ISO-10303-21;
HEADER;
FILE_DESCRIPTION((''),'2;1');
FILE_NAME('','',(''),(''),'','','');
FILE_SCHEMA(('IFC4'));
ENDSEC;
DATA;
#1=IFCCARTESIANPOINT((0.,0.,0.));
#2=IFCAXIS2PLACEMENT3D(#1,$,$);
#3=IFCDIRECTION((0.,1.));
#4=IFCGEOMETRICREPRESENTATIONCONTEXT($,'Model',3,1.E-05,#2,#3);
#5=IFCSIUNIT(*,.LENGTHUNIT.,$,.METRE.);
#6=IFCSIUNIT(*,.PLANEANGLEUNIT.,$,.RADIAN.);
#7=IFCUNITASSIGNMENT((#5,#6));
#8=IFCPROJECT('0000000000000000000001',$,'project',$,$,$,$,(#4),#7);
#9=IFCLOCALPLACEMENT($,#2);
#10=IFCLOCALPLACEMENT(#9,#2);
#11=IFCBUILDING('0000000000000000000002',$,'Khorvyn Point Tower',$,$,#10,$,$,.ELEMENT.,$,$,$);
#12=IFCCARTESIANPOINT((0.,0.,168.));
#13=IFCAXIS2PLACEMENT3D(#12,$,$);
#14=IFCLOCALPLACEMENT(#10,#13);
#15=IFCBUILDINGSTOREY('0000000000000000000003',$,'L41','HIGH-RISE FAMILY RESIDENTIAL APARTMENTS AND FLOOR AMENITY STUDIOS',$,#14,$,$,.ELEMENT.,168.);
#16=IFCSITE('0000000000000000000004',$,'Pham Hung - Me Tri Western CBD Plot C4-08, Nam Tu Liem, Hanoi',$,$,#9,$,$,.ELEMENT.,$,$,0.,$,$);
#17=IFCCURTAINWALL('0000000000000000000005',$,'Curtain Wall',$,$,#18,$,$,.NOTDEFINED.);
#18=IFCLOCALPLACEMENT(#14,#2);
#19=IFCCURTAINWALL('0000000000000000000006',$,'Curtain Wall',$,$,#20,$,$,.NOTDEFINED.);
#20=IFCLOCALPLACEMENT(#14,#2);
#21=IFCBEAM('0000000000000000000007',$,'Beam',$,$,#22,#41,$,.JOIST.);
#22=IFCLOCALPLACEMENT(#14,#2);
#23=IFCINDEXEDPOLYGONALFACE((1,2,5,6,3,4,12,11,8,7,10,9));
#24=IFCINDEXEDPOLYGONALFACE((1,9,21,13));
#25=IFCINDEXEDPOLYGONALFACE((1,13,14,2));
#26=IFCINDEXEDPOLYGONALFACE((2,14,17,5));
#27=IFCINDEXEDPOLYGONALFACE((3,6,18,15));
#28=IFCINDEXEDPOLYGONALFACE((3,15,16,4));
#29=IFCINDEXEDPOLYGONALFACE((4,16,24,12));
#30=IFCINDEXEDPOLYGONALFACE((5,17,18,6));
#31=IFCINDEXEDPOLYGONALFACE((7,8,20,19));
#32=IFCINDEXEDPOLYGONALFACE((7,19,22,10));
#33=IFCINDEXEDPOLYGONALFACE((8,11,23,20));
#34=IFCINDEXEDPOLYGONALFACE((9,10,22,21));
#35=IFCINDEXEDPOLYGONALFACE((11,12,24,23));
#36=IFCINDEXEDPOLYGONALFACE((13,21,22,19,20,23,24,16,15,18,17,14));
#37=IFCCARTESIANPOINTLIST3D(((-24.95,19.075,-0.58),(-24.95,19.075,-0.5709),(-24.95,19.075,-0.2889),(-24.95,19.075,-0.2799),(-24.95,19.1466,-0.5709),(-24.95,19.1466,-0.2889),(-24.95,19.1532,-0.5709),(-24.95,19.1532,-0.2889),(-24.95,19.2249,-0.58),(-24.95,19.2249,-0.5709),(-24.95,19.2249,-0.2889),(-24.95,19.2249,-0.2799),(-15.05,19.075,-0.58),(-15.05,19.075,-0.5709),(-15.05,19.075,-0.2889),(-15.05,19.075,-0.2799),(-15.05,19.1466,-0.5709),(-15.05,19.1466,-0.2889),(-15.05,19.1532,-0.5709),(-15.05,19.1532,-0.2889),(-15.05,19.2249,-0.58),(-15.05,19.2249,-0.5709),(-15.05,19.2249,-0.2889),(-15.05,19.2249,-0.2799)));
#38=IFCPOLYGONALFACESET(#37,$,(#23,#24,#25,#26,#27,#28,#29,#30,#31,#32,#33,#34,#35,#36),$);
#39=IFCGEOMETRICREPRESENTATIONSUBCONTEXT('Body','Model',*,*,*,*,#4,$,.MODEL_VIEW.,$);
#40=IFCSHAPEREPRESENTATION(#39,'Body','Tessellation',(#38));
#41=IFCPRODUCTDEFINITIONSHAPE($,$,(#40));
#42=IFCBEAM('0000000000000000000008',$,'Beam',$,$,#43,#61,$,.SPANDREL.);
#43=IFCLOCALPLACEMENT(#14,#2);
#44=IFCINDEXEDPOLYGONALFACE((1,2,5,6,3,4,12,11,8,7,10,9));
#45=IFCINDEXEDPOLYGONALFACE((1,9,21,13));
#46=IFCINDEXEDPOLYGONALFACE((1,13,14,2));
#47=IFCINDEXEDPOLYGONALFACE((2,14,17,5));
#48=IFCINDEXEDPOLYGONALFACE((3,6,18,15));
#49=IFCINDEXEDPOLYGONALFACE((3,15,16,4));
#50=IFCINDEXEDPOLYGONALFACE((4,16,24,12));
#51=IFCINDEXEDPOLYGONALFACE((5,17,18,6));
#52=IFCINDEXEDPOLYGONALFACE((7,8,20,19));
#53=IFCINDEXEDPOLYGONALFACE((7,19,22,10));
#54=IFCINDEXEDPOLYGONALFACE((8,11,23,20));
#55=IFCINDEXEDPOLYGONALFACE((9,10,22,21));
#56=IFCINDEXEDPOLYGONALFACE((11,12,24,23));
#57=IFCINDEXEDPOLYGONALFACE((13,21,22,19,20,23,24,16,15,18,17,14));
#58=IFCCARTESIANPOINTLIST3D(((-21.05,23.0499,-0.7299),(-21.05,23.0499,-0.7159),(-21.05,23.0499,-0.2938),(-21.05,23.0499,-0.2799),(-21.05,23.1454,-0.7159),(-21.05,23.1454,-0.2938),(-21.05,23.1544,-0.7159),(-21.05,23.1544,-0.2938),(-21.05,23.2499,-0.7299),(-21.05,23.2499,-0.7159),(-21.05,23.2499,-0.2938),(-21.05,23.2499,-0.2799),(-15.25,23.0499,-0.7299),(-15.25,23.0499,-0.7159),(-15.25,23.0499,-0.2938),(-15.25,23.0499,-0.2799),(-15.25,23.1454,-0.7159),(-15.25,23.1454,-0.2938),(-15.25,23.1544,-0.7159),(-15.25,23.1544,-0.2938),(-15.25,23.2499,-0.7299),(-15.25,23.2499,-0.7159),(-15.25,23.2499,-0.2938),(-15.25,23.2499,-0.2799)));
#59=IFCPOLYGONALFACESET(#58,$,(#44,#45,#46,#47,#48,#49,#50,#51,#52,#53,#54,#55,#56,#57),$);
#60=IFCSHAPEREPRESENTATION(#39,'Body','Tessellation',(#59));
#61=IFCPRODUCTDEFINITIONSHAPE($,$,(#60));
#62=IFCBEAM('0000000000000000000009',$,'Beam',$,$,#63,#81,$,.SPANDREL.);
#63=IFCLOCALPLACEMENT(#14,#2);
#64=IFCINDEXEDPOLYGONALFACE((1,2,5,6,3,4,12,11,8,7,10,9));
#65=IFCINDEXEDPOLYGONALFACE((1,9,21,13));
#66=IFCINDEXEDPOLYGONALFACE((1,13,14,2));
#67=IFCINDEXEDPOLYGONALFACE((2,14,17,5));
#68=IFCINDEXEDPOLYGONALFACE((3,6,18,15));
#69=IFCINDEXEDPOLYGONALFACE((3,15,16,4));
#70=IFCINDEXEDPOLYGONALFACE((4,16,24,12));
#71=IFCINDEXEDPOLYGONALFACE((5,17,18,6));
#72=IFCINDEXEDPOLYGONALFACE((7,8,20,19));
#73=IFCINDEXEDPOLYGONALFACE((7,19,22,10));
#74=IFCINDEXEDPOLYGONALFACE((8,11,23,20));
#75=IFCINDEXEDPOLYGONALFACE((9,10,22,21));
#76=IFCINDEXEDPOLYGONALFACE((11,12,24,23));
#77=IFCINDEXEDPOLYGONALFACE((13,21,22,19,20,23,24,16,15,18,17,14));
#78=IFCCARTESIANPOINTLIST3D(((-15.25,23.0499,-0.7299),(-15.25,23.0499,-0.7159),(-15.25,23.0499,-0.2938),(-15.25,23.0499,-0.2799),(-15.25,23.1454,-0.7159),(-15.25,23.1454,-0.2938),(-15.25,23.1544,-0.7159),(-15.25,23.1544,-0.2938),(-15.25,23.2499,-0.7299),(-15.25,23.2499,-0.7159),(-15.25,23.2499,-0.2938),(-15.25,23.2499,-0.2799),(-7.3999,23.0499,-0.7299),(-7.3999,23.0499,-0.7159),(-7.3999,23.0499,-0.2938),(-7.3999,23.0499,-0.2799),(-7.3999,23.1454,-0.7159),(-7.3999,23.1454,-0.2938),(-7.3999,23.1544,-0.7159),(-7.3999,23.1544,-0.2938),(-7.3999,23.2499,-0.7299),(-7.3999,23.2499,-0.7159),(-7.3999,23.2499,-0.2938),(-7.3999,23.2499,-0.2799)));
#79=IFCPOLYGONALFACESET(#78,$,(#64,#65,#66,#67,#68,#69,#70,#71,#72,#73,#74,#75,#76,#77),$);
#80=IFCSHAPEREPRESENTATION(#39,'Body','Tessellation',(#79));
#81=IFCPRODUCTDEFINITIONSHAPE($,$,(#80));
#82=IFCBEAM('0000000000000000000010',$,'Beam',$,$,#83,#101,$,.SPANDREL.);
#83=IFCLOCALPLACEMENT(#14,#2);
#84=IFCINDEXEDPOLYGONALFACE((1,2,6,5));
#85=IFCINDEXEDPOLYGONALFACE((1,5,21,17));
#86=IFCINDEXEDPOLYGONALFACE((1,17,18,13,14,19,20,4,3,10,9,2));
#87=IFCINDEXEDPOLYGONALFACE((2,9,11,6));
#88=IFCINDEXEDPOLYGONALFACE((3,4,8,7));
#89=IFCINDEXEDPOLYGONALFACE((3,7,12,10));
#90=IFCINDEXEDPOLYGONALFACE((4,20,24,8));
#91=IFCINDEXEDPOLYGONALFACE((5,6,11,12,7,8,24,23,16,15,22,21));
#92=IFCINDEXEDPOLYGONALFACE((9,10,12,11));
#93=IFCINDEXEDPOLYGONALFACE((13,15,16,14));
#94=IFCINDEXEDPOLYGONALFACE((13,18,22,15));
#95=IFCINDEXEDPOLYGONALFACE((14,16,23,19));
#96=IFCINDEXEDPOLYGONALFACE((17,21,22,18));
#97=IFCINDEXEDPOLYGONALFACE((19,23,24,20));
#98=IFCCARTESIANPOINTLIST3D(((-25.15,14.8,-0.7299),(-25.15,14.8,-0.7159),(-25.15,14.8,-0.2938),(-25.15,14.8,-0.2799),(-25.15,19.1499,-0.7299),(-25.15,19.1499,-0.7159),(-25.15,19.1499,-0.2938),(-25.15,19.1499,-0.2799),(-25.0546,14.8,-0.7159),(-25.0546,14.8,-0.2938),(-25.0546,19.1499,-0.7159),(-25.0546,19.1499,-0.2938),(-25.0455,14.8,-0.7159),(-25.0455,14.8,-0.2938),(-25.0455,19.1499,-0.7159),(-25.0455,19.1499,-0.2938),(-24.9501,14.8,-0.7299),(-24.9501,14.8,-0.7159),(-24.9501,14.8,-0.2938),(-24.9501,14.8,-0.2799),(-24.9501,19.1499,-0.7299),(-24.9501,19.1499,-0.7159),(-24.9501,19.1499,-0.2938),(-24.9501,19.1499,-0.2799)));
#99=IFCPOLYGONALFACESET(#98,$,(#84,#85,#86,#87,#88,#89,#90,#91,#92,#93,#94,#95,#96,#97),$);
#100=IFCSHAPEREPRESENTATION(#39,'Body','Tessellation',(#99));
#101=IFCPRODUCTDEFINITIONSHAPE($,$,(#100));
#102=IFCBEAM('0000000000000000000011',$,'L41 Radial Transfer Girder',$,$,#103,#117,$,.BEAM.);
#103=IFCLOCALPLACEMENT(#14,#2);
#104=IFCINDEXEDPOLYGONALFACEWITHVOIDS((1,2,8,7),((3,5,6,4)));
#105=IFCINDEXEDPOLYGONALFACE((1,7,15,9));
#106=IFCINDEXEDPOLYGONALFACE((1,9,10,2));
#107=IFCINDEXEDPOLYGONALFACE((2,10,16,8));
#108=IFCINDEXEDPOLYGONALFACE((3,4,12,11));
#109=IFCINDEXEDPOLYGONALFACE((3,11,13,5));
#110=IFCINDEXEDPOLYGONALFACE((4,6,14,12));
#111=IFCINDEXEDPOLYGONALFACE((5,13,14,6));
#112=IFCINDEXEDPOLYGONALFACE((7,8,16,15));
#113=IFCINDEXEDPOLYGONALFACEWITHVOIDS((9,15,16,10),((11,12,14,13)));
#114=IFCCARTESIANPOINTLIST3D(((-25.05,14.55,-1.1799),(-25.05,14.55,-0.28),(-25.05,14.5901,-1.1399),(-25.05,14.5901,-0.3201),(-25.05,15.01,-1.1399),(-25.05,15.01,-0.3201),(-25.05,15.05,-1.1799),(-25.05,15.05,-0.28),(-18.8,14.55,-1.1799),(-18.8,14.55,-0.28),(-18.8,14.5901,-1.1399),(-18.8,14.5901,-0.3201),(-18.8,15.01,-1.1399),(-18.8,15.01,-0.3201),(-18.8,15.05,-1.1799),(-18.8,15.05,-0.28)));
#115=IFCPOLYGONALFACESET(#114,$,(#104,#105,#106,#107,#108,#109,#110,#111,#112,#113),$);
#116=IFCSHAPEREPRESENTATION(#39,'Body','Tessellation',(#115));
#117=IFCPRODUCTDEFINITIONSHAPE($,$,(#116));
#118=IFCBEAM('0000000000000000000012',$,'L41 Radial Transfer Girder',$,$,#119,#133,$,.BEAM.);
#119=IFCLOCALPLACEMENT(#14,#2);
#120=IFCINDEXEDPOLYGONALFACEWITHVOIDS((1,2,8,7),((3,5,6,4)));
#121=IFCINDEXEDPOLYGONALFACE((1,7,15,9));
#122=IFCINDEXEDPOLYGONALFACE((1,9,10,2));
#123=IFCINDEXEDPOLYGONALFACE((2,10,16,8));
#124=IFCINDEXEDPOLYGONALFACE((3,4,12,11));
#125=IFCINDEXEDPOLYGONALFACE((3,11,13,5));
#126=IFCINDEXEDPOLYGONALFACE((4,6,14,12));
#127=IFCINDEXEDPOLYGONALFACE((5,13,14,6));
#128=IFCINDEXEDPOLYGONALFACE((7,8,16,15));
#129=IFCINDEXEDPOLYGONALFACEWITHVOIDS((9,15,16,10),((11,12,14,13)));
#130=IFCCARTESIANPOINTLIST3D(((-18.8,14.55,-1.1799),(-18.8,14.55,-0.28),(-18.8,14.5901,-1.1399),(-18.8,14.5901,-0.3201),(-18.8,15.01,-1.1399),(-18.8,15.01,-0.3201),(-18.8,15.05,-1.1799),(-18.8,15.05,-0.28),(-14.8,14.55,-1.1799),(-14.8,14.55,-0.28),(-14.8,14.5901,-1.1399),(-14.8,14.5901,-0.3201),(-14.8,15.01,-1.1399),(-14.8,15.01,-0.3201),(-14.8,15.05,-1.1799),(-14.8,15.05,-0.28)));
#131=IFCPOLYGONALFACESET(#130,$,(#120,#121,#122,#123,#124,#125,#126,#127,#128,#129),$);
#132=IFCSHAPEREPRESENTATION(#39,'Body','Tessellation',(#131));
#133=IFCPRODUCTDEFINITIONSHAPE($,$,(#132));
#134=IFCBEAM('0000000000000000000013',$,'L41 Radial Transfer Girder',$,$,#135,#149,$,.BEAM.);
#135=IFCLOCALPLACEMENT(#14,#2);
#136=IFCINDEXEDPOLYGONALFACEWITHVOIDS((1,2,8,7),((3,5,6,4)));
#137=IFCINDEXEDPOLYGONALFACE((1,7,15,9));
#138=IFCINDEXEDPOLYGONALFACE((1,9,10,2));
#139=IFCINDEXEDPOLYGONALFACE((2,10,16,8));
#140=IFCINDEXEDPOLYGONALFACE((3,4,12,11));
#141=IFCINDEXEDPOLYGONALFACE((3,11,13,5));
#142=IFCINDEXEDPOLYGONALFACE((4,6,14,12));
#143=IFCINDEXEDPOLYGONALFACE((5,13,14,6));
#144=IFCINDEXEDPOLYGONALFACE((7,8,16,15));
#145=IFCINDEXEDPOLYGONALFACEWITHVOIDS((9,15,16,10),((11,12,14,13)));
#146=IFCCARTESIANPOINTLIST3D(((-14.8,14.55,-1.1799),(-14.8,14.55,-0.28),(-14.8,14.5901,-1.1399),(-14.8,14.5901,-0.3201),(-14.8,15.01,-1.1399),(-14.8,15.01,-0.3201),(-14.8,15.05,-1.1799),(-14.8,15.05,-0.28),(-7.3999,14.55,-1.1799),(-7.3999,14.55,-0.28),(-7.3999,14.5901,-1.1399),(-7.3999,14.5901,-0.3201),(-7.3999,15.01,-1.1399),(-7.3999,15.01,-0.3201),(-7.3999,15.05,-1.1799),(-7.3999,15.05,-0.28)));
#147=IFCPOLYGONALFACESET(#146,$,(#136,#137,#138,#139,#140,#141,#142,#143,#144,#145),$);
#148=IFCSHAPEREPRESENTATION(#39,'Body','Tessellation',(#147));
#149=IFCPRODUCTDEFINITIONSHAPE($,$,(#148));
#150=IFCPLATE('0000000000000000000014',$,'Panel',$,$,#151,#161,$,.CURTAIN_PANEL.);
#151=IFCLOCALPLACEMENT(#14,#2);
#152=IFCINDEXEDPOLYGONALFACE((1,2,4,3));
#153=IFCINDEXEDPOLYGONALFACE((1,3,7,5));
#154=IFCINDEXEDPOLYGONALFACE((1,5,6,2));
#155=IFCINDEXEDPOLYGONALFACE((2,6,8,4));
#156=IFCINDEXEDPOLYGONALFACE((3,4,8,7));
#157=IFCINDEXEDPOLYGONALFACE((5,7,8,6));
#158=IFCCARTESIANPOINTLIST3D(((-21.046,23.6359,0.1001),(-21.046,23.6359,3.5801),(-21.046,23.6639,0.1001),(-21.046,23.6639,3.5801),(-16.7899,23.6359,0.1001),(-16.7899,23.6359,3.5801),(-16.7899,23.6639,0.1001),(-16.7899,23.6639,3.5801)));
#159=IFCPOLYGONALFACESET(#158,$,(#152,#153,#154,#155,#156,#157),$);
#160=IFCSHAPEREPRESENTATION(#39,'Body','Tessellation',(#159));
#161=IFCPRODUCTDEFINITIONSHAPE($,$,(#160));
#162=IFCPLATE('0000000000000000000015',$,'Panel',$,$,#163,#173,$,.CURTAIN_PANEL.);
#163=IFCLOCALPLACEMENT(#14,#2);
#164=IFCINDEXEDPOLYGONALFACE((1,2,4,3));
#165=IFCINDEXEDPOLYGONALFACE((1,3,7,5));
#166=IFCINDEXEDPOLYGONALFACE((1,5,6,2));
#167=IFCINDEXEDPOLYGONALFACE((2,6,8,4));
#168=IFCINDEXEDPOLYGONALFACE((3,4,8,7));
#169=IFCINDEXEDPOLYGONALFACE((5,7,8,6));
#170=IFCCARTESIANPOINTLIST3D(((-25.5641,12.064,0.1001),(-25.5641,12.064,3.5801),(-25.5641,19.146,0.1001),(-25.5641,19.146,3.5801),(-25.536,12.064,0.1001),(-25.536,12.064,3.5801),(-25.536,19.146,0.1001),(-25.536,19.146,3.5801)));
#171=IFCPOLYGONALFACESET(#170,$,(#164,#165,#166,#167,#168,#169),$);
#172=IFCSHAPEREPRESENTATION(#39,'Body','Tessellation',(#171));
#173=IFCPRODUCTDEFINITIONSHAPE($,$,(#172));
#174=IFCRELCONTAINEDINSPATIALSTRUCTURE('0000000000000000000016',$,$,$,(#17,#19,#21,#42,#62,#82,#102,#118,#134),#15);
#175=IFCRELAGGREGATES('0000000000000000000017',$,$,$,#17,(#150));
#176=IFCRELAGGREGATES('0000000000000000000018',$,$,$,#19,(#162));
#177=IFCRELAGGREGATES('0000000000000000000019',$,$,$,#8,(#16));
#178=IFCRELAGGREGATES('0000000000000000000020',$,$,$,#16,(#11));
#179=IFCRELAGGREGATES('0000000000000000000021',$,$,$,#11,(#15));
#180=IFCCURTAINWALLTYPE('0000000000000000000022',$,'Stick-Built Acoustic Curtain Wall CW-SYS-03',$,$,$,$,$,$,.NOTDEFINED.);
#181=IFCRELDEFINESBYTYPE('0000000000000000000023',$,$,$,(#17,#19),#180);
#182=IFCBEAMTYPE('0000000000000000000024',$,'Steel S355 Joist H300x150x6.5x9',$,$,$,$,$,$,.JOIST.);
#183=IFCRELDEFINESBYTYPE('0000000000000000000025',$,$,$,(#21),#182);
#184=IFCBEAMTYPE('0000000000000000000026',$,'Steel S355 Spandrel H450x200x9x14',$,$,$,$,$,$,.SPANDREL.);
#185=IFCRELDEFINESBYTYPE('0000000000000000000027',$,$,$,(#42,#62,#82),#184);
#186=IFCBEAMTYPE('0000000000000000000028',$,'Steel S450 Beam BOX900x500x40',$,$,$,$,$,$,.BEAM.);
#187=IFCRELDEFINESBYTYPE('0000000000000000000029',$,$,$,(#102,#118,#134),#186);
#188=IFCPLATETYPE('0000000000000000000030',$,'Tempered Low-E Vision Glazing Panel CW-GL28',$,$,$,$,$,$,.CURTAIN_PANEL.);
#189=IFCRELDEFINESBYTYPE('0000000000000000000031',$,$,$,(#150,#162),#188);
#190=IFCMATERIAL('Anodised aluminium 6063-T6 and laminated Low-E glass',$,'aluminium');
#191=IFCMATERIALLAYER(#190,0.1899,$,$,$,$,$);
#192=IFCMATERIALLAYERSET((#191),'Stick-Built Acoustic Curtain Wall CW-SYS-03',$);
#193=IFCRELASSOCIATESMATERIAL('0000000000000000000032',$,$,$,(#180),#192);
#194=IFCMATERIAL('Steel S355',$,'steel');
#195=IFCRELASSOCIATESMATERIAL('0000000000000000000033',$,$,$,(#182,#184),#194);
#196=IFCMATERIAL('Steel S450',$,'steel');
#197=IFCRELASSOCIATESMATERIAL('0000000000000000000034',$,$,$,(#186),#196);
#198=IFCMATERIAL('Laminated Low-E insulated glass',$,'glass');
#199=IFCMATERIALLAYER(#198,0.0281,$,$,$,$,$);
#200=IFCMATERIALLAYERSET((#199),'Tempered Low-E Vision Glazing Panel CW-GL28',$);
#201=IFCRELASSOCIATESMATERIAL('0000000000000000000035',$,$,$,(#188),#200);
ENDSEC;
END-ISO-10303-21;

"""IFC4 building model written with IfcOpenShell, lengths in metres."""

from ifc_helpers import new_model, si_unit, direction, frame, origin, origin_2d, place, context, subcontext, project, spatial, rectangle, hollow_rectangle, i_section, extrude, material, layer, layer_set, material_profile, profile_set, type_object, element, aggregate, save


model = new_model("IFC4")

# Units and contexts
model_context = context("Model", 3, precision=1e-05, world=origin(), true_north=direction((0.0, 1.0)))
body_context = subcontext(model_context, "Body", "Model", "MODEL_VIEW")
ifc_project = project(units=[si_unit("LENGTHUNIT", "METRE"), si_unit("PLANEANGLEUNIT", "RADIAN")], contexts=[model_context])

# Site, building, storey
site_placement = place(None, origin())
site = spatial("IfcSite", under=ifc_project, at=site_placement, Name="Pham Hung - Me Tri Western CBD Plot C4-08, Nam Tu Liem, Hanoi", CompositionType="ELEMENT", RefElevation=0.0)
building_placement = place(site_placement, origin())
building = spatial("IfcBuilding", under=site, at=building_placement, Name="Khorvyn Point Tower", CompositionType="ELEMENT")
storey_placement = place(building_placement, frame((0.0, 0.0, 168.0)))
storey = spatial("IfcBuildingStorey", under=building, at=storey_placement, Name="L41", Description="HIGH-RISE FAMILY RESIDENTIAL APARTMENTS AND FLOOR AMENITY STUDIOS", CompositionType="ELEMENT", Elevation=168.0)

# Shared definitions
ifc_material_1 = material(Name="Steel S450", Category="steel")

# Curtain walls
ifc_material_2 = material(Name="Anodised aluminium 6063-T6 and laminated Low-E glass", Category="aluminium")
ifc_layer_1 = layer(ifc_material_2, 0.1899)
ifc_layer_set_1 = layer_set([ifc_layer_1], Name="Stick-Built Acoustic Curtain Wall CW-SYS-03")
curtain_wall_type = type_object("IfcCurtainWallType", Name="Stick-Built Acoustic Curtain Wall CW-SYS-03", PredefinedType="NOTDEFINED", material=ifc_layer_set_1)
curtain_wall_1_placement = place(storey_placement, origin())
curtain_wall_1 = element("IfcCurtainWall", 1, at=curtain_wall_1_placement, inside=storey, type_object=curtain_wall_type, Name="Curtain Wall", PredefinedType="NOTDEFINED")
curtain_wall_2_placement = place(storey_placement, origin())
curtain_wall_2 = element("IfcCurtainWall", 2, at=curtain_wall_2_placement, inside=storey, type_object=curtain_wall_type, Name="Curtain Wall", PredefinedType="NOTDEFINED")

# Beams
ifc_material_3 = material(Name="Steel S355", Category="steel")
ifc_material_profile_1 = material_profile(ifc_material_3, i_section(OverallWidth=0.1499, OverallDepth=0.3, WebThickness=0.0066, FlangeThickness=0.009, at=origin_2d()))
ifc_profile_set_1 = profile_set([ifc_material_profile_1], Name="Steel S355 H300x150x6.5x9")
beam_type_1 = type_object("IfcBeamType", Name="Steel S355 Joist H300x150x6.5x9", PredefinedType="JOIST", material=ifc_profile_set_1)
for number, where, z_axis, x_axis, name in (
    (3, (-24.95, 19.1499, -0.4299), (1.0, 0.0, 0.0), (0.0, 1.0, 0.0), "Beam"),
):
    element("IfcBeam", number, at=place(storey_placement, frame(where, z_axis=z_axis, x_axis=x_axis)), inside=storey, type_object=beam_type_1, Name=name, PredefinedType="JOIST", context=body_context, shape_type="SweptSolid", body=[
        extrude(i_section(OverallWidth=0.1499, OverallDepth=0.3, WebThickness=0.0066, FlangeThickness=0.009, at=origin_2d()), origin(), (0.0, 0.0, 1.0), 9.8999),
    ])
ifc_material_profile_2 = material_profile(ifc_material_3, i_section(OverallWidth=0.2, OverallDepth=0.45, WebThickness=0.009, FlangeThickness=0.0139, at=origin_2d()))
ifc_profile_set_2 = profile_set([ifc_material_profile_2], Name="Steel S355 H450x200x9x14")
beam_type_2 = type_object("IfcBeamType", Name="Steel S355 Spandrel H450x200x9x14", PredefinedType="SPANDREL", material=ifc_profile_set_2)
beam_1_placement = place(storey_placement, frame((-21.05, 23.1499, -0.5049), z_axis=(1.0, 0.0, 0.0), x_axis=(0.0, 1.0, 0.0)))
element("IfcBeam", 4, at=beam_1_placement, inside=storey, type_object=beam_type_2, Name="Beam", PredefinedType="SPANDREL", context=body_context, shape_type="SweptSolid", body=[
    extrude(i_section(OverallWidth=0.2, OverallDepth=0.45, WebThickness=0.009, FlangeThickness=0.0139, at=origin_2d()), origin(), (0.0, 0.0, 1.0), 5.8),
])
beam_2_placement = place(storey_placement, frame((-15.25, 23.1499, -0.5049), z_axis=(1.0, 0.0, 0.0), x_axis=(0.0, 1.0, 0.0)))
element("IfcBeam", 5, at=beam_2_placement, inside=storey, type_object=beam_type_2, Name="Beam", PredefinedType="SPANDREL", context=body_context, shape_type="SweptSolid", body=[
    extrude(i_section(OverallWidth=0.2, OverallDepth=0.45, WebThickness=0.009, FlangeThickness=0.0139, at=origin_2d()), origin(), (0.0, 0.0, 1.0), 7.8501),
])
beam_3_placement = place(storey_placement, frame((-25.05, 14.8, -0.5049), z_axis=(0.0, 1.0, 0.0), x_axis=(-1.0, 0.0, 0.0)))
element("IfcBeam", 6, at=beam_3_placement, inside=storey, type_object=beam_type_2, Name="Beam", PredefinedType="SPANDREL", context=body_context, shape_type="SweptSolid", body=[
    extrude(i_section(OverallWidth=0.2, OverallDepth=0.45, WebThickness=0.009, FlangeThickness=0.0139, at=origin_2d()), origin(), (0.0, 0.0, 1.0), 4.3499),
])
ifc_material_profile_3 = material_profile(ifc_material_1, hollow_rectangle(XDim=0.5, YDim=0.8999, WallThickness=0.04, at=origin_2d()))
ifc_profile_set_3 = profile_set([ifc_material_profile_3], Name="Steel S450 BOX900x500x40")
beam_type_3 = type_object("IfcBeamType", Name="Steel S450 Beam BOX900x500x40", PredefinedType="BEAM", material=ifc_profile_set_3)
beam_4_placement = place(storey_placement, frame((-25.05, 14.8, -0.73), z_axis=(1.0, 0.0, 0.0), x_axis=(0.0, 1.0, 0.0)))
element("IfcBeam", 7, at=beam_4_placement, inside=storey, type_object=beam_type_3, Name="L41 Radial Transfer Girder", PredefinedType="BEAM", context=body_context, shape_type="SweptSolid", body=[
    extrude(hollow_rectangle(XDim=0.5, YDim=0.8999, WallThickness=0.04, at=origin_2d()), origin(), (0.0, 0.0, 1.0), 6.25),
])
beam_5_placement = place(storey_placement, frame((-18.8, 14.8, -0.73), z_axis=(1.0, 0.0, 0.0), x_axis=(0.0, 1.0, 0.0)))
element("IfcBeam", 8, at=beam_5_placement, inside=storey, type_object=beam_type_3, Name="L41 Radial Transfer Girder", PredefinedType="BEAM", context=body_context, shape_type="SweptSolid", body=[
    extrude(hollow_rectangle(XDim=0.5, YDim=0.8999, WallThickness=0.04, at=origin_2d()), origin(), (0.0, 0.0, 1.0), 4.0),
])
beam_6_placement = place(storey_placement, frame((-14.8, 14.8, -0.73), z_axis=(1.0, 0.0, 0.0), x_axis=(0.0, 1.0, 0.0)))
element("IfcBeam", 9, at=beam_6_placement, inside=storey, type_object=beam_type_3, Name="L41 Radial Transfer Girder", PredefinedType="BEAM", context=body_context, shape_type="SweptSolid", body=[
    extrude(hollow_rectangle(XDim=0.5, YDim=0.8999, WallThickness=0.04, at=origin_2d()), origin(), (0.0, 0.0, 1.0), 7.4001),
])

# Plates
ifc_material_4 = material(Name="Laminated Low-E insulated glass", Category="glass")
ifc_layer_2 = layer(ifc_material_4, 0.0281)
ifc_layer_set_2 = layer_set([ifc_layer_2], Name="Tempered Low-E Vision Glazing Panel CW-GL28")
plate_type = type_object("IfcPlateType", Name="Tempered Low-E Vision Glazing Panel CW-GL28", PredefinedType="CURTAIN_PANEL", material=ifc_layer_set_2)
plate_1_placement = place(storey_placement, frame((-18.918, 23.6499, 0.1001), z_axis=(0.0, 0.0, 1.0), x_axis=(1.0, 0.0, 0.0)))
plate_1 = element("IfcPlate", 10, at=plate_1_placement, type_object=plate_type, Name="Panel", PredefinedType="CURTAIN_PANEL", context=body_context, shape_type="SweptSolid", body=[
    extrude(rectangle(XDim=4.2561, YDim=0.0281, at=origin_2d()), origin(), (0.0, 0.0, 1.0), 3.48),
])
aggregate(curtain_wall_1, [plate_1])
plate_2_placement = place(storey_placement, frame((-25.55, 15.605, 0.1001), z_axis=(0.0, 0.0, 1.0), x_axis=(0.0, 1.0, 0.0)))
plate_2 = element("IfcPlate", 11, at=plate_2_placement, type_object=plate_type, Name="Panel", PredefinedType="CURTAIN_PANEL", context=body_context, shape_type="SweptSolid", body=[
    extrude(rectangle(XDim=7.082, YDim=0.0281, at=origin_2d()), origin(), (0.0, 0.0, 1.0), 3.48),
])
aggregate(curtain_wall_2, [plate_2])

save(model, "model.ifc")
